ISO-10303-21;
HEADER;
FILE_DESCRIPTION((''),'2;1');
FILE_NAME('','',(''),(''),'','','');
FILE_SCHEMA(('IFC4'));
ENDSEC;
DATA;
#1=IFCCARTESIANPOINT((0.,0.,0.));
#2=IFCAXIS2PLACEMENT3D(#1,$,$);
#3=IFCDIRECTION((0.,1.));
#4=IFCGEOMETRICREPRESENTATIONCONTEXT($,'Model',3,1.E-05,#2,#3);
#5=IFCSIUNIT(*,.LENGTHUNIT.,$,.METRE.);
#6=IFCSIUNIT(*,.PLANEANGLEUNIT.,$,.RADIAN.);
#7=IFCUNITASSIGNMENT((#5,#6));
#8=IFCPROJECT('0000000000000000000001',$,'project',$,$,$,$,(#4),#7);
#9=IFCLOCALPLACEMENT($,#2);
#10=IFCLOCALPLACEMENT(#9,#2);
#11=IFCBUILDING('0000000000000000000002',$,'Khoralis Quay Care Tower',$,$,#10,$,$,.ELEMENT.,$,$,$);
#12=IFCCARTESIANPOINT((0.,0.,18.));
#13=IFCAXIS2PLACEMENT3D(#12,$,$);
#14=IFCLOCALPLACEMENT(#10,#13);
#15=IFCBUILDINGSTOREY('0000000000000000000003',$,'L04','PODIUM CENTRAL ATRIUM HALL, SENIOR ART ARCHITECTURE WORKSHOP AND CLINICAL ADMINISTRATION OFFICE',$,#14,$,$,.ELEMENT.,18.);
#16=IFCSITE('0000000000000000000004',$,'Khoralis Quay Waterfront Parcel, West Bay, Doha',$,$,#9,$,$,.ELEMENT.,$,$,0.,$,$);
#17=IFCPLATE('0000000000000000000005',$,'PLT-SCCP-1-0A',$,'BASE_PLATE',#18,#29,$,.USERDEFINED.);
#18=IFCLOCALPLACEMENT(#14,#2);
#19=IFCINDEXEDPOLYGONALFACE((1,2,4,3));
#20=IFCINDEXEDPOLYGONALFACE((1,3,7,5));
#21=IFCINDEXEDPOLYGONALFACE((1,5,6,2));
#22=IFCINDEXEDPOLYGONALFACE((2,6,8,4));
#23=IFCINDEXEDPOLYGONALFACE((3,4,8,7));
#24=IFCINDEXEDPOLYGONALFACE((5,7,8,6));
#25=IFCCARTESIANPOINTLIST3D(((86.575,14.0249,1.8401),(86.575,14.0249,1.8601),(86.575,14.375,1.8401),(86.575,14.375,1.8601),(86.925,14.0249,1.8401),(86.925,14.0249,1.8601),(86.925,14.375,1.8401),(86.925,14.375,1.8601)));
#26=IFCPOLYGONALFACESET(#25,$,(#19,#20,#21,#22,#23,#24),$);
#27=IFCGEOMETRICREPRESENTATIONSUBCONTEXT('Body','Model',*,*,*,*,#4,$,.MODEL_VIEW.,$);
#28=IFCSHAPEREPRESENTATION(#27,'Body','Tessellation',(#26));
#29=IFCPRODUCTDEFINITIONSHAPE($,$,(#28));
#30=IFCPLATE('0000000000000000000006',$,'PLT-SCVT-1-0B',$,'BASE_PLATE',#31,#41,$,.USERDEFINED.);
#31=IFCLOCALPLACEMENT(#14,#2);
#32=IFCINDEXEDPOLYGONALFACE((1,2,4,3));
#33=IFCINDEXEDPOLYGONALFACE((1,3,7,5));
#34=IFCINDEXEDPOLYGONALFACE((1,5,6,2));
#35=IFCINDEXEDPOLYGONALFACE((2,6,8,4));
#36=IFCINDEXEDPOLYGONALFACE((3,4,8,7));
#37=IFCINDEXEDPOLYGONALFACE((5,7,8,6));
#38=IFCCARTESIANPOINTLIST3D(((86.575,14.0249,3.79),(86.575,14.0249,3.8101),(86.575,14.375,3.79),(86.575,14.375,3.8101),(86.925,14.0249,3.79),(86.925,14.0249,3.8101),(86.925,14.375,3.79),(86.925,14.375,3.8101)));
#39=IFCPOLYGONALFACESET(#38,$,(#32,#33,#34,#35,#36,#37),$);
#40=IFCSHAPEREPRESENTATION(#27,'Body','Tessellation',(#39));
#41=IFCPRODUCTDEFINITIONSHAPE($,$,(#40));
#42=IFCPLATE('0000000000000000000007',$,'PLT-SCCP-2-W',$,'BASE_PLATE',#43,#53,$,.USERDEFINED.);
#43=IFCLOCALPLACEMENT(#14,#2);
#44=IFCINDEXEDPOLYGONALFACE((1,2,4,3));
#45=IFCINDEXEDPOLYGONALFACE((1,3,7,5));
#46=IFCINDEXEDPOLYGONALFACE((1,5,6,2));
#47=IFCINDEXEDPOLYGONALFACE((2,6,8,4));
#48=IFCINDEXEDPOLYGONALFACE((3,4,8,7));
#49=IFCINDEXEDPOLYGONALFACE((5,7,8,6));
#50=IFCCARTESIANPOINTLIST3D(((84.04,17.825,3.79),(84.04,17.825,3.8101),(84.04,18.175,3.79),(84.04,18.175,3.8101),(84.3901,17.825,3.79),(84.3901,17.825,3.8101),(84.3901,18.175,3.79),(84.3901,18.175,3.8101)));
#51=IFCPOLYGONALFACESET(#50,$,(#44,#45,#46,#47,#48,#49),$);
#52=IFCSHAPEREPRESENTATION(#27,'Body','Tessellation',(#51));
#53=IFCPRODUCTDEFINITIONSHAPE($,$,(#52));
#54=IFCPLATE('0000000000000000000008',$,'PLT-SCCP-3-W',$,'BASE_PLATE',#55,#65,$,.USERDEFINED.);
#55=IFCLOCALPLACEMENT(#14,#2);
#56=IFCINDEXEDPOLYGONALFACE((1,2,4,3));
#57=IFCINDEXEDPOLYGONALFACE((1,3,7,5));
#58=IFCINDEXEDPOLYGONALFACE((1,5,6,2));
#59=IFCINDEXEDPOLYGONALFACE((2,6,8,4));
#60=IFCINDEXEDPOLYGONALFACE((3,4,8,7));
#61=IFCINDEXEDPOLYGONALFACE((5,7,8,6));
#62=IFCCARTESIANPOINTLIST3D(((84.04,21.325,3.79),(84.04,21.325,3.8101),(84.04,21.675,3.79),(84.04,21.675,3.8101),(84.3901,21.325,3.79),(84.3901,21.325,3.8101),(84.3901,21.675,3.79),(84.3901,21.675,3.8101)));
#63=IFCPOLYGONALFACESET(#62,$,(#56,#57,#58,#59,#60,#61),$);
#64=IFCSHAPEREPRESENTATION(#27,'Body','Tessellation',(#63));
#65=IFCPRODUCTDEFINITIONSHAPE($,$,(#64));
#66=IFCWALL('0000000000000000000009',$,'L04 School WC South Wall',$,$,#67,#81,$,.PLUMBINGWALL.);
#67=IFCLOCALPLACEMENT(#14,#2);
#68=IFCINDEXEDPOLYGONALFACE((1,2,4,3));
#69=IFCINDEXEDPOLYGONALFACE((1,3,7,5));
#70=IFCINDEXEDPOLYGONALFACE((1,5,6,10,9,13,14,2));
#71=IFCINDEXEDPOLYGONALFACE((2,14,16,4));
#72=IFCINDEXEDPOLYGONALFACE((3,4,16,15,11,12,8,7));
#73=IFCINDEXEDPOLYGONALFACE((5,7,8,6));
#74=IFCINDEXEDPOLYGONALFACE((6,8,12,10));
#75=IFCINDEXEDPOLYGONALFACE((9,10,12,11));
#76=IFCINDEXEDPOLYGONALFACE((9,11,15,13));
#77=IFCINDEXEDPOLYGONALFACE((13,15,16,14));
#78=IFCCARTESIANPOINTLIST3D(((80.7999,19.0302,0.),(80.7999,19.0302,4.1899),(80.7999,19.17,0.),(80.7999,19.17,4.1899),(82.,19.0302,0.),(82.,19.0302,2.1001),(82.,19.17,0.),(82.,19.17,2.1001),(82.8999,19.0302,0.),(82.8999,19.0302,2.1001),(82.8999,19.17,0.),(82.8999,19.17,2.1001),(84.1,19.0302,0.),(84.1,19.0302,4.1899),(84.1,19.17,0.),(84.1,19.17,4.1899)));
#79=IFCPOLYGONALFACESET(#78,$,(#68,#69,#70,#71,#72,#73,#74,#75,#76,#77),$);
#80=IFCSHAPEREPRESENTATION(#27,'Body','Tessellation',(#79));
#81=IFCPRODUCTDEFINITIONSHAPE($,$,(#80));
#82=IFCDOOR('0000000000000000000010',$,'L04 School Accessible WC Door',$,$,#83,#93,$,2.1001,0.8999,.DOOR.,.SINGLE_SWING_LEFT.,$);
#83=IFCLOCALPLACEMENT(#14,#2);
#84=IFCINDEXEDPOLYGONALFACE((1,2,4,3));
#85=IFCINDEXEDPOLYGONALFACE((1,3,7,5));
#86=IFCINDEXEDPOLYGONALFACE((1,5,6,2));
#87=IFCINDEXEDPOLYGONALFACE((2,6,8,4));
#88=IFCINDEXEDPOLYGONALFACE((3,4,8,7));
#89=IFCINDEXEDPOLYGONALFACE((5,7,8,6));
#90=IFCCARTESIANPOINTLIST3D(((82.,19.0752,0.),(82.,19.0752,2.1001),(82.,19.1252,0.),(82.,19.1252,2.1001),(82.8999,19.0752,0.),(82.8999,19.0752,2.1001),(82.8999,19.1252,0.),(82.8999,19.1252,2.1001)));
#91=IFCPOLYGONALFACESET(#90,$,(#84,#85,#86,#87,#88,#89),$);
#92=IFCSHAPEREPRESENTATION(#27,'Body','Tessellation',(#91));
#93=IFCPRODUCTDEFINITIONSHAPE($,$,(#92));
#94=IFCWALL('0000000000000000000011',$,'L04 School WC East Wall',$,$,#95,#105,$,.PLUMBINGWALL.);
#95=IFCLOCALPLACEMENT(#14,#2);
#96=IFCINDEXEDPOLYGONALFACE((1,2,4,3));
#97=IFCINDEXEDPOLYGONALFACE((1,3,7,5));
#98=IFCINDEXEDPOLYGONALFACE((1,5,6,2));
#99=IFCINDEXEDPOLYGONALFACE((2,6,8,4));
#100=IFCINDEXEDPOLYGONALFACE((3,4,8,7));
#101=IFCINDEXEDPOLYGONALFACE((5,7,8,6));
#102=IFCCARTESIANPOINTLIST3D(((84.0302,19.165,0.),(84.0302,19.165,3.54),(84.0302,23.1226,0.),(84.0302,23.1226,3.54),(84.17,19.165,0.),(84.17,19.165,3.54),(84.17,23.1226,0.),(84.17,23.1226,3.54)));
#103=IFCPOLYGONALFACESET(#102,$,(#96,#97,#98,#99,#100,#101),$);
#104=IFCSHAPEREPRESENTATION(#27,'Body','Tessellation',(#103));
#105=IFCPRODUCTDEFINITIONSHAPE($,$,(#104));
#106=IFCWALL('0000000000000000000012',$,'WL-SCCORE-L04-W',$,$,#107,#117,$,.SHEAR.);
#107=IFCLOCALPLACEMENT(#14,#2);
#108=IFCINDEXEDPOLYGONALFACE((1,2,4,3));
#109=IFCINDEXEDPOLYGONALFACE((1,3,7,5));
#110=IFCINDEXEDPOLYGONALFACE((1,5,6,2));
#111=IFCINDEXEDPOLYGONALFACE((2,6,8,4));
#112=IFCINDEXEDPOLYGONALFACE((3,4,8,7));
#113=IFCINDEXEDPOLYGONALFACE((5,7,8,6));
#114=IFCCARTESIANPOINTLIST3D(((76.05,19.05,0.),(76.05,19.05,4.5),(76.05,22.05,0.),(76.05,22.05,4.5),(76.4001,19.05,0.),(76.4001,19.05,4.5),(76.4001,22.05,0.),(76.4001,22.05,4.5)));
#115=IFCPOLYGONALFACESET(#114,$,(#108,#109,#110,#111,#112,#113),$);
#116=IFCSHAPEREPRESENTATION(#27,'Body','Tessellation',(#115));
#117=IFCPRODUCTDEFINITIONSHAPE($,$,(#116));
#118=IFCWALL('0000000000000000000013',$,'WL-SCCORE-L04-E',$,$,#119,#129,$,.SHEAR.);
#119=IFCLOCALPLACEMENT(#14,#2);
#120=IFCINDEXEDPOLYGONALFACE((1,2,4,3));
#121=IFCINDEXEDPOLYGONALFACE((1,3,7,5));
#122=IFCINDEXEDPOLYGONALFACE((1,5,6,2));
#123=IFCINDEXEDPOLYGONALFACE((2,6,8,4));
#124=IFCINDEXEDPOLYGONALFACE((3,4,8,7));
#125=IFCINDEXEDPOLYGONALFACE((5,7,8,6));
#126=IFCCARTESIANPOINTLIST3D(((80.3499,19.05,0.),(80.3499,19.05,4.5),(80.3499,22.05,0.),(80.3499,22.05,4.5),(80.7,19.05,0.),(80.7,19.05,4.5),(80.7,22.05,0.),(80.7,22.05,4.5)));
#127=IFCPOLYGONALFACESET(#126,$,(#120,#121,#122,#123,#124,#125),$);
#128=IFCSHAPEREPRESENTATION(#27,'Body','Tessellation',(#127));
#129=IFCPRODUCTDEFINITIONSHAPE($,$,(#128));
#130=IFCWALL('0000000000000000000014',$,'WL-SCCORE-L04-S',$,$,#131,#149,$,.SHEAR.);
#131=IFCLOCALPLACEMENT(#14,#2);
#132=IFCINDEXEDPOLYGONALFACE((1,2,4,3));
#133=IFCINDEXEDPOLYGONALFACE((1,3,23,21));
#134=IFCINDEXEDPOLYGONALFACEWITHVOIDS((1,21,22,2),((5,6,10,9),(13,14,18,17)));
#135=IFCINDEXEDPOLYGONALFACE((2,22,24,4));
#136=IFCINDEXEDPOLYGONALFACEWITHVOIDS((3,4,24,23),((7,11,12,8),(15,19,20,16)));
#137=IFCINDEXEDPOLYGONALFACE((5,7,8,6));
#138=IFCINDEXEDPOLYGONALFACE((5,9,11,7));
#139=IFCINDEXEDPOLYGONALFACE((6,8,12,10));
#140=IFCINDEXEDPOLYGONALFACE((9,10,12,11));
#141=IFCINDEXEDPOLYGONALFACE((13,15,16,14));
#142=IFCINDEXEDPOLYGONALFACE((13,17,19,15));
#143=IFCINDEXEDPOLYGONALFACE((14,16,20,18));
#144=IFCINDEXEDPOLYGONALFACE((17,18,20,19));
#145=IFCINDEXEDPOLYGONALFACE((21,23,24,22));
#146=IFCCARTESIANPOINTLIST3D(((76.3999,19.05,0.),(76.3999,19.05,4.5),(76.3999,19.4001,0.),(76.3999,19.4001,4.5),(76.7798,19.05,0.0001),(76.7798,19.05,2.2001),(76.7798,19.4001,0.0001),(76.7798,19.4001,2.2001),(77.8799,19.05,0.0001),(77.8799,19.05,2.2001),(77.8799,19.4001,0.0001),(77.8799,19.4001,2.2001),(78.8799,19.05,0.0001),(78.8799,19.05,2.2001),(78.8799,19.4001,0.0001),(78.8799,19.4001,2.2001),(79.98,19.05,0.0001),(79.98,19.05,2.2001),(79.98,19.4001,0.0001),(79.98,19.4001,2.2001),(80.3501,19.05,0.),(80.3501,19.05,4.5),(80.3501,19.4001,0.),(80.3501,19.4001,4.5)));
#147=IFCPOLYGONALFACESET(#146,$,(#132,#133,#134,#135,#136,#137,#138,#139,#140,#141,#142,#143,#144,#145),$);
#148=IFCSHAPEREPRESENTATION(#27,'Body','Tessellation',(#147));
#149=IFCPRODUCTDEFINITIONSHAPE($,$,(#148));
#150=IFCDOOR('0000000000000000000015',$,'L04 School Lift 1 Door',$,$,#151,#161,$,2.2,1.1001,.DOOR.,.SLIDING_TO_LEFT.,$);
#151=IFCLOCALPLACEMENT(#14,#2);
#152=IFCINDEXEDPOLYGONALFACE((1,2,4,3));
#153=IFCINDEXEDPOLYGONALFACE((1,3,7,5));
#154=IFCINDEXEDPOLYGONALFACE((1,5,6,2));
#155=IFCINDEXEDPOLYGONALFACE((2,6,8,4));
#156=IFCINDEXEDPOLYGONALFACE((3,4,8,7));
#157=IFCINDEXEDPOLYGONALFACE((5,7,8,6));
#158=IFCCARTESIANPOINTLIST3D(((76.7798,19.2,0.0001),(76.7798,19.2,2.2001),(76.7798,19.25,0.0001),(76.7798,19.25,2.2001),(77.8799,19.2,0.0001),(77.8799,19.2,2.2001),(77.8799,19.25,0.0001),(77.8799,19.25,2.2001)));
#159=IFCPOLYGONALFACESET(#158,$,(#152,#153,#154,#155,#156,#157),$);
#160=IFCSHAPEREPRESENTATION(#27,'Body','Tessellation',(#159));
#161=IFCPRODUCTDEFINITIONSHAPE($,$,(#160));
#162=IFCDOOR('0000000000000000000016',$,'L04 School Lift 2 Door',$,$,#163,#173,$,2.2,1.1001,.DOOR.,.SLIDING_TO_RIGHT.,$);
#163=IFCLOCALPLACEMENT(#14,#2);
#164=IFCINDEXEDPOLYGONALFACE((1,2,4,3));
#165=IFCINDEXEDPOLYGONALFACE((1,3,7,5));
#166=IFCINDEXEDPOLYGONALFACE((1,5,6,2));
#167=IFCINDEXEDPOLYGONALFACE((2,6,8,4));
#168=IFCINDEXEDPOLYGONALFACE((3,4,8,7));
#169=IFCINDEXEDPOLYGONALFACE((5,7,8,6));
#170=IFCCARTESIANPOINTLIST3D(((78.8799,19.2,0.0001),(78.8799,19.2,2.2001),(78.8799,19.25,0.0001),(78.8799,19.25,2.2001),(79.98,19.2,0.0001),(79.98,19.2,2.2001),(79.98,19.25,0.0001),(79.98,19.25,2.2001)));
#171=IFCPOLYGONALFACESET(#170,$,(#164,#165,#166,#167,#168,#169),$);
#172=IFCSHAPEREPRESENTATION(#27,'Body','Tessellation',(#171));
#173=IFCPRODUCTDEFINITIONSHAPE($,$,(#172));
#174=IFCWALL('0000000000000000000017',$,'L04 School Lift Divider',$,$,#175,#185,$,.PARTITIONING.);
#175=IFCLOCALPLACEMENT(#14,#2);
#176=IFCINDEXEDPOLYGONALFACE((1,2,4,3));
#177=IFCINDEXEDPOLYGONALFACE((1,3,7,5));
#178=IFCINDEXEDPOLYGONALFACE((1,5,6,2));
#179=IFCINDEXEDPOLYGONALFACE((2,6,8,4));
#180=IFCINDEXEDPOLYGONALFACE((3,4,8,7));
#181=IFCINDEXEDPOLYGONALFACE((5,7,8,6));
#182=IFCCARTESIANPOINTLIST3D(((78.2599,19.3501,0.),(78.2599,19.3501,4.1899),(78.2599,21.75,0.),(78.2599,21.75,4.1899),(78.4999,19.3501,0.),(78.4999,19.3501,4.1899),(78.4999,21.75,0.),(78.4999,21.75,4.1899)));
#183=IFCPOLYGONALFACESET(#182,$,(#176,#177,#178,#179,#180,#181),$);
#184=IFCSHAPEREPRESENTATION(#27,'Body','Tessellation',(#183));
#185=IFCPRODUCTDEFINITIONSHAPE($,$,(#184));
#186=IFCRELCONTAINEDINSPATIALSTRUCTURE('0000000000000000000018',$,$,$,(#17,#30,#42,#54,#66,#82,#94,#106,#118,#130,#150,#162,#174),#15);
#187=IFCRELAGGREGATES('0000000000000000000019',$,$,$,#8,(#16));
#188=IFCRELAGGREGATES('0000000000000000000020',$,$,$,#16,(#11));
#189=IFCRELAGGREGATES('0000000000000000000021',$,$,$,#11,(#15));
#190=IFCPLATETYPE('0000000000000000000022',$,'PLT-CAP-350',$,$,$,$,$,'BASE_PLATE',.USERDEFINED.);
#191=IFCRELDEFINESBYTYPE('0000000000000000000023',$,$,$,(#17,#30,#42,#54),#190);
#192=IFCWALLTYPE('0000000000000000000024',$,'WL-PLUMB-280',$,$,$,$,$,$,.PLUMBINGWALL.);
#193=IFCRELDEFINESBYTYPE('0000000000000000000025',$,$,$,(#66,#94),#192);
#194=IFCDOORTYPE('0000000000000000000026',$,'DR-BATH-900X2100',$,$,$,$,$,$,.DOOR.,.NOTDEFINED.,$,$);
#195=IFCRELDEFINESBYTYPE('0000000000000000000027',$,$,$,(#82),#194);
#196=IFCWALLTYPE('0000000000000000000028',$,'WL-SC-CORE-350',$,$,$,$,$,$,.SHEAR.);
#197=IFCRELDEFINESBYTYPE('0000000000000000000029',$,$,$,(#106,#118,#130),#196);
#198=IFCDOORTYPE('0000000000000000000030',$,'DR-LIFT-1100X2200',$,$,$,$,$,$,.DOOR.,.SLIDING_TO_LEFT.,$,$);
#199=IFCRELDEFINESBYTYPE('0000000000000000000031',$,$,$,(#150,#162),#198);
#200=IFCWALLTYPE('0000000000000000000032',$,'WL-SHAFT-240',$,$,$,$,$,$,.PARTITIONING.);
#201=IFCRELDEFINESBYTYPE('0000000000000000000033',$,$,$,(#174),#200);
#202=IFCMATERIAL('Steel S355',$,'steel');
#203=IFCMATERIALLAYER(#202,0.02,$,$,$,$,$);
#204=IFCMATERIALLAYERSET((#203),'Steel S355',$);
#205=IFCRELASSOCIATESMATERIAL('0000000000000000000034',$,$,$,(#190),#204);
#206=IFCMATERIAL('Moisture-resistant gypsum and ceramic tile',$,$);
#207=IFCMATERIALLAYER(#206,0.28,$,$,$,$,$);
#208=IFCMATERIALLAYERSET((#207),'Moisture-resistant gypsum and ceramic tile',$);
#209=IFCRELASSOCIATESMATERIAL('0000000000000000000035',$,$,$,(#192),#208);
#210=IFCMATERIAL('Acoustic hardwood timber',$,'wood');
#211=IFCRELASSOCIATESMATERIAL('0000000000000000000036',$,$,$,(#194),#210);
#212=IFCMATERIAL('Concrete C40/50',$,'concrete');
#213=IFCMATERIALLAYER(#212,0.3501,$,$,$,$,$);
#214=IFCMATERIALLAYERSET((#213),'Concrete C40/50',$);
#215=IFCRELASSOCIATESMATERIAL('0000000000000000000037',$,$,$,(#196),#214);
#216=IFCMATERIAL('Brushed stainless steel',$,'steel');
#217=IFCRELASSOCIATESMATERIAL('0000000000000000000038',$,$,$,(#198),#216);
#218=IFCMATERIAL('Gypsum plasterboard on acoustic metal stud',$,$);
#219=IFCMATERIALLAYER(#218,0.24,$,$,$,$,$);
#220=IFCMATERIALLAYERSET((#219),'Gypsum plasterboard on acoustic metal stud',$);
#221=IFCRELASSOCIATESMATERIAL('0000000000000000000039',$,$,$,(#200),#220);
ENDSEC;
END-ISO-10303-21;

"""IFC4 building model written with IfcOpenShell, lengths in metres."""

from ifc_helpers import new_model, si_unit, direction, frame, frame_2d, origin, origin_2d, place, context, subcontext, project, spatial, rectangle, extrude, source, transform, mapped, material, layer, layer_set, type_object, element, fill, save


model = new_model("IFC4")

# Units and contexts
model_context = context("Model", 3, precision=1e-05, world=origin(), true_north=direction((0.0, 1.0)))
body_context = subcontext(model_context, "Body", "Model", "MODEL_VIEW")
ifc_project = project(units=[si_unit("LENGTHUNIT", "METRE"), si_unit("PLANEANGLEUNIT", "RADIAN")], contexts=[model_context])

# Site, building, storey
site_placement = place(None, origin())
site = spatial("IfcSite", under=ifc_project, at=site_placement, Name="Khoralis Quay Waterfront Parcel, West Bay, Doha", CompositionType="ELEMENT", RefElevation=0.0)
building_placement = place(site_placement, origin())
building = spatial("IfcBuilding", under=site, at=building_placement, Name="Khoralis Quay Care Tower", CompositionType="ELEMENT")
storey_placement = place(building_placement, frame((0.0, 0.0, 18.0)))
storey = spatial("IfcBuildingStorey", under=building, at=storey_placement, Name="L04", Description="PODIUM CENTRAL ATRIUM HALL, SENIOR ART ARCHITECTURE WORKSHOP AND CLINICAL ADMINISTRATION OFFICE", CompositionType="ELEMENT", Elevation=18.0)

# Shared definitions
ifc_material_1 = material(Name="Concrete C40/50", Category="concrete")

# Shared definitions
ifc_material_2 = material(Name="Steel S355", Category="steel")

# Plates
ifc_layer_1 = layer(ifc_material_2, 0.02)
ifc_layer_set_1 = layer_set([ifc_layer_1], Name="Steel S355")
plate_type = type_object("IfcPlateType", Name="PLT-CAP-350", ElementType="BASE_PLATE", PredefinedType="USERDEFINED", material=ifc_layer_set_1)
shared_shape_1 = source(origin(), body_context, "Body", "SweptSolid", [
    extrude(rectangle(XDim=0.3501, YDim=0.3501, at=origin_2d()), origin(), (0.0, 0.0, 1.0), 0.02),
])
for number, where, z_axis, x_axis, name in (
    (1, (86.75, 14.2, 1.8401), (0.0, 0.0, 1.0), (1.0, 0.0, 0.0), "PLT-SCCP-1-0A"),
    (2, (86.75, 14.2, 3.79), (0.0, 0.0, 1.0), (1.0, 0.0, 0.0), "PLT-SCVT-1-0B"),
    (3, (84.2151, 18.0, 3.79), (0.0, 0.0, 1.0), (1.0, 0.0, 0.0), "PLT-SCCP-2-W"),
    (4, (84.2151, 21.5, 3.79), (0.0, 0.0, 1.0), (1.0, 0.0, 0.0), "PLT-SCCP-3-W"),
):
    element("IfcPlate", number, at=place(storey_placement, frame(where, z_axis=z_axis, x_axis=x_axis)), inside=storey, type_object=plate_type, Name=name, ObjectType="BASE_PLATE", PredefinedType="USERDEFINED", context=body_context, shape_type="MappedRepresentation", body=[
        mapped(shared_shape_1, transform((0.0, 0.0, 0.0), scale=1.0)),
    ])

# Wall, opening, door
ifc_material_3 = material(Name="Moisture-resistant gypsum and ceramic tile")
ifc_layer_2 = layer(ifc_material_3, 0.28)
ifc_layer_set_2 = layer_set([ifc_layer_2], Name="Moisture-resistant gypsum and ceramic tile")
wall_type_1 = type_object("IfcWallType", Name="WL-PLUMB-280", PredefinedType="PLUMBINGWALL", material=ifc_layer_set_2)
wall_1_placement = place(storey_placement, frame((80.8, 19.1001, 0.0), z_axis=(0.0, 0.0, 1.0), x_axis=(1.0, 0.0, 0.0)))
wall_1 = element("IfcWall", 5, at=wall_1_placement, inside=storey, type_object=wall_type_1, Name="L04 School WC South Wall", PredefinedType="PLUMBINGWALL", context=body_context, shape_type="SweptSolid", body=[
    extrude(rectangle(XDim=3.3, YDim=0.1399, at=frame_2d((1.6499, 0.0))), origin(), (0.0, 0.0, 1.0), 4.1899),
])
opening_1_placement = place(wall_1_placement, frame((1.2, 0.0, 0.0)))
opening_1 = element("IfcOpeningElement", 6, at=opening_1_placement, cuts=wall_1, PredefinedType="OPENING", context=body_context, shape_type="SweptSolid", body=[
    extrude(rectangle(XDim=0.8999, YDim=2.1001, at=frame_2d((0.45, 1.05))), frame((0.0, 0.0801, 0.0), z_axis=(0.0, -1.0, 0.0), x_axis=(1.0, 0.0, 0.0)), (0.0, 0.0, 1.0), 0.1599),
])
ifc_material_4 = material(Name="Acoustic hardwood timber", Category="wood")
door_type_1 = type_object("IfcDoorType", Name="DR-BATH-900X2100", OperationType="NOTDEFINED", PredefinedType="DOOR", material=ifc_material_4)
shared_shape_2 = source(origin(), body_context, "Body", "SweptSolid", [
    extrude(rectangle(XDim=0.8999, YDim=2.1001, at=frame_2d((0.45, 1.05))), frame((0.0, 0.0249, 0.0), z_axis=(0.0, -1.0, 0.0), x_axis=(1.0, 0.0, 0.0)), (0.0, 0.0, 1.0), 0.05),
])
door_1_placement = place(opening_1_placement, frame((0.8999, 0.0, 0.0), z_axis=(0.0, 0.0, 1.0), x_axis=(-1.0, 0.0, 0.0)))
door_1 = element("IfcDoor", 7, at=door_1_placement, inside=storey, type_object=door_type_1, Name="L04 School Accessible WC Door", OperationType="SINGLE_SWING_LEFT", OverallHeight=2.1001, OverallWidth=0.8999, PredefinedType="DOOR", context=body_context, shape_type="MappedRepresentation", body=[
    mapped(shared_shape_2, transform((0.0, 0.0, 0.0), scale=1.0)),
])
fill(opening_1, door_1)

# Walls
wall_2_placement = place(storey_placement, frame((84.1001, 19.165, 0.0), z_axis=(0.0, 0.0, 1.0), x_axis=(0.0, 1.0, 0.0)))
element("IfcWall", 8, at=wall_2_placement, inside=storey, type_object=wall_type_1, Name="L04 School WC East Wall", PredefinedType="PLUMBINGWALL", context=body_context, shape_type="SweptSolid", body=[
    extrude(rectangle(XDim=3.9575, YDim=0.1399, at=frame_2d((1.9788, 0.0))), origin(), (0.0, 0.0, 1.0), 3.54),
])
ifc_layer_3 = layer(ifc_material_1, 0.3501)
ifc_layer_set_3 = layer_set([ifc_layer_3], Name="Concrete C40/50")
wall_type_2 = type_object("IfcWallType", Name="WL-SC-CORE-350", PredefinedType="SHEAR", material=ifc_layer_set_3)
for number, where, z_axis, x_axis, name in (
    (9, (76.2251, 19.05, 0.0), (0.0, 0.0, 1.0), (0.0, 1.0, 0.0), "WL-SCCORE-L04-W"),
    (10, (80.5249, 19.05, 0.0), (0.0, 0.0, 1.0), (0.0, 1.0, 0.0), "WL-SCCORE-L04-E"),
):
    element("IfcWall", number, at=place(storey_placement, frame(where, z_axis=z_axis, x_axis=x_axis)), inside=storey, type_object=wall_type_2, Name=name, PredefinedType="SHEAR", context=body_context, shape_type="SweptSolid", body=[
        extrude(rectangle(XDim=3.0, YDim=0.3501, at=frame_2d((1.5, 0.0))), origin(), (0.0, 0.0, 1.0), 4.5),
    ])

# Wall, openings, doors
wall_3_placement = place(storey_placement, frame((76.3999, 19.2251, 0.0), z_axis=(0.0, 0.0, 1.0), x_axis=(1.0, 0.0, 0.0)))
wall_3 = element("IfcWall", 11, at=wall_3_placement, inside=storey, type_object=wall_type_2, Name="WL-SCCORE-L04-S", PredefinedType="SHEAR", context=body_context, shape_type="SweptSolid", body=[
    extrude(rectangle(XDim=3.9502, YDim=0.3501, at=frame_2d((1.9751, 0.0))), origin(), (0.0, 0.0, 1.0), 4.5),
])
opening_2_placement = place(wall_3_placement, frame((0.3799, 0.0, 0.0)))
opening_2 = element("IfcOpeningElement", 12, at=opening_2_placement, cuts=wall_3, PredefinedType="OPENING", context=body_context, shape_type="SweptSolid", body=[
    extrude(rectangle(XDim=1.1001, YDim=2.2, at=frame_2d((0.55, 1.1001))), frame((0.0, 0.1851, 0.0), z_axis=(0.0, -1.0, 0.0), x_axis=(1.0, 0.0, 0.0)), (0.0, 0.0, 1.0), 0.3701),
])
opening_3_placement = place(wall_3_placement, frame((2.48, 0.0, 0.0)))
opening_3 = element("IfcOpeningElement", 13, at=opening_3_placement, cuts=wall_3, PredefinedType="OPENING", context=body_context, shape_type="SweptSolid", body=[
    extrude(rectangle(XDim=1.1001, YDim=2.2, at=frame_2d((0.55, 1.1001))), frame((0.0, 0.1851, 0.0), z_axis=(0.0, -1.0, 0.0), x_axis=(1.0, 0.0, 0.0)), (0.0, 0.0, 1.0), 0.3701),
])
ifc_material_5 = material(Name="Brushed stainless steel", Category="steel")
door_type_2 = type_object("IfcDoorType", Name="DR-LIFT-1100X2200", OperationType="SLIDING_TO_LEFT", PredefinedType="DOOR", material=ifc_material_5)
shared_shape_3 = source(origin(), body_context, "Body", "SweptSolid", [
    extrude(rectangle(XDim=1.1001, YDim=2.2, at=frame_2d((0.55, 1.1001))), frame((0.0, 0.0249, 0.0), z_axis=(0.0, -1.0, 0.0), x_axis=(1.0, 0.0, 0.0)), (0.0, 0.0, 1.0), 0.05),
])
door_2_placement = place(opening_2_placement, origin())
door_2 = element("IfcDoor", 14, at=door_2_placement, inside=storey, type_object=door_type_2, Name="L04 School Lift 1 Door", OperationType="SLIDING_TO_LEFT", OverallHeight=2.2, OverallWidth=1.1001, PredefinedType="DOOR", context=body_context, shape_type="MappedRepresentation", body=[
    mapped(shared_shape_3, transform((0.0, 0.0, 0.0), scale=1.0)),
])
fill(opening_2, door_2)
door_3_placement = place(opening_3_placement, origin())
door_3 = element("IfcDoor", 15, at=door_3_placement, inside=storey, type_object=door_type_2, Name="L04 School Lift 2 Door", OperationType="SLIDING_TO_RIGHT", OverallHeight=2.2, OverallWidth=1.1001, PredefinedType="DOOR", context=body_context, shape_type="MappedRepresentation", body=[
    mapped(shared_shape_3, transform((0.0, 0.0, 0.0), scale=1.0)),
])
fill(opening_3, door_3)

# Wall
ifc_material_6 = material(Name="Gypsum plasterboard on acoustic metal stud")
ifc_layer_4 = layer(ifc_material_6, 0.24)
ifc_layer_set_4 = layer_set([ifc_layer_4], Name="Gypsum plasterboard on acoustic metal stud")
wall_type_3 = type_object("IfcWallType", Name="WL-SHAFT-240", PredefinedType="PARTITIONING", material=ifc_layer_set_4)
wall_4_placement = place(storey_placement, frame((78.3799, 19.3501, 0.0), z_axis=(0.0, 0.0, 1.0), x_axis=(0.0, 1.0, 0.0)))
element("IfcWall", 16, at=wall_4_placement, inside=storey, type_object=wall_type_3, Name="L04 School Lift Divider", PredefinedType="PARTITIONING", context=body_context, shape_type="SweptSolid", body=[
    extrude(rectangle(XDim=2.3999, YDim=0.24, at=frame_2d((1.2, 0.0))), origin(), (0.0, 0.0, 1.0), 4.1899),
])

save(model, "model.ifc")
